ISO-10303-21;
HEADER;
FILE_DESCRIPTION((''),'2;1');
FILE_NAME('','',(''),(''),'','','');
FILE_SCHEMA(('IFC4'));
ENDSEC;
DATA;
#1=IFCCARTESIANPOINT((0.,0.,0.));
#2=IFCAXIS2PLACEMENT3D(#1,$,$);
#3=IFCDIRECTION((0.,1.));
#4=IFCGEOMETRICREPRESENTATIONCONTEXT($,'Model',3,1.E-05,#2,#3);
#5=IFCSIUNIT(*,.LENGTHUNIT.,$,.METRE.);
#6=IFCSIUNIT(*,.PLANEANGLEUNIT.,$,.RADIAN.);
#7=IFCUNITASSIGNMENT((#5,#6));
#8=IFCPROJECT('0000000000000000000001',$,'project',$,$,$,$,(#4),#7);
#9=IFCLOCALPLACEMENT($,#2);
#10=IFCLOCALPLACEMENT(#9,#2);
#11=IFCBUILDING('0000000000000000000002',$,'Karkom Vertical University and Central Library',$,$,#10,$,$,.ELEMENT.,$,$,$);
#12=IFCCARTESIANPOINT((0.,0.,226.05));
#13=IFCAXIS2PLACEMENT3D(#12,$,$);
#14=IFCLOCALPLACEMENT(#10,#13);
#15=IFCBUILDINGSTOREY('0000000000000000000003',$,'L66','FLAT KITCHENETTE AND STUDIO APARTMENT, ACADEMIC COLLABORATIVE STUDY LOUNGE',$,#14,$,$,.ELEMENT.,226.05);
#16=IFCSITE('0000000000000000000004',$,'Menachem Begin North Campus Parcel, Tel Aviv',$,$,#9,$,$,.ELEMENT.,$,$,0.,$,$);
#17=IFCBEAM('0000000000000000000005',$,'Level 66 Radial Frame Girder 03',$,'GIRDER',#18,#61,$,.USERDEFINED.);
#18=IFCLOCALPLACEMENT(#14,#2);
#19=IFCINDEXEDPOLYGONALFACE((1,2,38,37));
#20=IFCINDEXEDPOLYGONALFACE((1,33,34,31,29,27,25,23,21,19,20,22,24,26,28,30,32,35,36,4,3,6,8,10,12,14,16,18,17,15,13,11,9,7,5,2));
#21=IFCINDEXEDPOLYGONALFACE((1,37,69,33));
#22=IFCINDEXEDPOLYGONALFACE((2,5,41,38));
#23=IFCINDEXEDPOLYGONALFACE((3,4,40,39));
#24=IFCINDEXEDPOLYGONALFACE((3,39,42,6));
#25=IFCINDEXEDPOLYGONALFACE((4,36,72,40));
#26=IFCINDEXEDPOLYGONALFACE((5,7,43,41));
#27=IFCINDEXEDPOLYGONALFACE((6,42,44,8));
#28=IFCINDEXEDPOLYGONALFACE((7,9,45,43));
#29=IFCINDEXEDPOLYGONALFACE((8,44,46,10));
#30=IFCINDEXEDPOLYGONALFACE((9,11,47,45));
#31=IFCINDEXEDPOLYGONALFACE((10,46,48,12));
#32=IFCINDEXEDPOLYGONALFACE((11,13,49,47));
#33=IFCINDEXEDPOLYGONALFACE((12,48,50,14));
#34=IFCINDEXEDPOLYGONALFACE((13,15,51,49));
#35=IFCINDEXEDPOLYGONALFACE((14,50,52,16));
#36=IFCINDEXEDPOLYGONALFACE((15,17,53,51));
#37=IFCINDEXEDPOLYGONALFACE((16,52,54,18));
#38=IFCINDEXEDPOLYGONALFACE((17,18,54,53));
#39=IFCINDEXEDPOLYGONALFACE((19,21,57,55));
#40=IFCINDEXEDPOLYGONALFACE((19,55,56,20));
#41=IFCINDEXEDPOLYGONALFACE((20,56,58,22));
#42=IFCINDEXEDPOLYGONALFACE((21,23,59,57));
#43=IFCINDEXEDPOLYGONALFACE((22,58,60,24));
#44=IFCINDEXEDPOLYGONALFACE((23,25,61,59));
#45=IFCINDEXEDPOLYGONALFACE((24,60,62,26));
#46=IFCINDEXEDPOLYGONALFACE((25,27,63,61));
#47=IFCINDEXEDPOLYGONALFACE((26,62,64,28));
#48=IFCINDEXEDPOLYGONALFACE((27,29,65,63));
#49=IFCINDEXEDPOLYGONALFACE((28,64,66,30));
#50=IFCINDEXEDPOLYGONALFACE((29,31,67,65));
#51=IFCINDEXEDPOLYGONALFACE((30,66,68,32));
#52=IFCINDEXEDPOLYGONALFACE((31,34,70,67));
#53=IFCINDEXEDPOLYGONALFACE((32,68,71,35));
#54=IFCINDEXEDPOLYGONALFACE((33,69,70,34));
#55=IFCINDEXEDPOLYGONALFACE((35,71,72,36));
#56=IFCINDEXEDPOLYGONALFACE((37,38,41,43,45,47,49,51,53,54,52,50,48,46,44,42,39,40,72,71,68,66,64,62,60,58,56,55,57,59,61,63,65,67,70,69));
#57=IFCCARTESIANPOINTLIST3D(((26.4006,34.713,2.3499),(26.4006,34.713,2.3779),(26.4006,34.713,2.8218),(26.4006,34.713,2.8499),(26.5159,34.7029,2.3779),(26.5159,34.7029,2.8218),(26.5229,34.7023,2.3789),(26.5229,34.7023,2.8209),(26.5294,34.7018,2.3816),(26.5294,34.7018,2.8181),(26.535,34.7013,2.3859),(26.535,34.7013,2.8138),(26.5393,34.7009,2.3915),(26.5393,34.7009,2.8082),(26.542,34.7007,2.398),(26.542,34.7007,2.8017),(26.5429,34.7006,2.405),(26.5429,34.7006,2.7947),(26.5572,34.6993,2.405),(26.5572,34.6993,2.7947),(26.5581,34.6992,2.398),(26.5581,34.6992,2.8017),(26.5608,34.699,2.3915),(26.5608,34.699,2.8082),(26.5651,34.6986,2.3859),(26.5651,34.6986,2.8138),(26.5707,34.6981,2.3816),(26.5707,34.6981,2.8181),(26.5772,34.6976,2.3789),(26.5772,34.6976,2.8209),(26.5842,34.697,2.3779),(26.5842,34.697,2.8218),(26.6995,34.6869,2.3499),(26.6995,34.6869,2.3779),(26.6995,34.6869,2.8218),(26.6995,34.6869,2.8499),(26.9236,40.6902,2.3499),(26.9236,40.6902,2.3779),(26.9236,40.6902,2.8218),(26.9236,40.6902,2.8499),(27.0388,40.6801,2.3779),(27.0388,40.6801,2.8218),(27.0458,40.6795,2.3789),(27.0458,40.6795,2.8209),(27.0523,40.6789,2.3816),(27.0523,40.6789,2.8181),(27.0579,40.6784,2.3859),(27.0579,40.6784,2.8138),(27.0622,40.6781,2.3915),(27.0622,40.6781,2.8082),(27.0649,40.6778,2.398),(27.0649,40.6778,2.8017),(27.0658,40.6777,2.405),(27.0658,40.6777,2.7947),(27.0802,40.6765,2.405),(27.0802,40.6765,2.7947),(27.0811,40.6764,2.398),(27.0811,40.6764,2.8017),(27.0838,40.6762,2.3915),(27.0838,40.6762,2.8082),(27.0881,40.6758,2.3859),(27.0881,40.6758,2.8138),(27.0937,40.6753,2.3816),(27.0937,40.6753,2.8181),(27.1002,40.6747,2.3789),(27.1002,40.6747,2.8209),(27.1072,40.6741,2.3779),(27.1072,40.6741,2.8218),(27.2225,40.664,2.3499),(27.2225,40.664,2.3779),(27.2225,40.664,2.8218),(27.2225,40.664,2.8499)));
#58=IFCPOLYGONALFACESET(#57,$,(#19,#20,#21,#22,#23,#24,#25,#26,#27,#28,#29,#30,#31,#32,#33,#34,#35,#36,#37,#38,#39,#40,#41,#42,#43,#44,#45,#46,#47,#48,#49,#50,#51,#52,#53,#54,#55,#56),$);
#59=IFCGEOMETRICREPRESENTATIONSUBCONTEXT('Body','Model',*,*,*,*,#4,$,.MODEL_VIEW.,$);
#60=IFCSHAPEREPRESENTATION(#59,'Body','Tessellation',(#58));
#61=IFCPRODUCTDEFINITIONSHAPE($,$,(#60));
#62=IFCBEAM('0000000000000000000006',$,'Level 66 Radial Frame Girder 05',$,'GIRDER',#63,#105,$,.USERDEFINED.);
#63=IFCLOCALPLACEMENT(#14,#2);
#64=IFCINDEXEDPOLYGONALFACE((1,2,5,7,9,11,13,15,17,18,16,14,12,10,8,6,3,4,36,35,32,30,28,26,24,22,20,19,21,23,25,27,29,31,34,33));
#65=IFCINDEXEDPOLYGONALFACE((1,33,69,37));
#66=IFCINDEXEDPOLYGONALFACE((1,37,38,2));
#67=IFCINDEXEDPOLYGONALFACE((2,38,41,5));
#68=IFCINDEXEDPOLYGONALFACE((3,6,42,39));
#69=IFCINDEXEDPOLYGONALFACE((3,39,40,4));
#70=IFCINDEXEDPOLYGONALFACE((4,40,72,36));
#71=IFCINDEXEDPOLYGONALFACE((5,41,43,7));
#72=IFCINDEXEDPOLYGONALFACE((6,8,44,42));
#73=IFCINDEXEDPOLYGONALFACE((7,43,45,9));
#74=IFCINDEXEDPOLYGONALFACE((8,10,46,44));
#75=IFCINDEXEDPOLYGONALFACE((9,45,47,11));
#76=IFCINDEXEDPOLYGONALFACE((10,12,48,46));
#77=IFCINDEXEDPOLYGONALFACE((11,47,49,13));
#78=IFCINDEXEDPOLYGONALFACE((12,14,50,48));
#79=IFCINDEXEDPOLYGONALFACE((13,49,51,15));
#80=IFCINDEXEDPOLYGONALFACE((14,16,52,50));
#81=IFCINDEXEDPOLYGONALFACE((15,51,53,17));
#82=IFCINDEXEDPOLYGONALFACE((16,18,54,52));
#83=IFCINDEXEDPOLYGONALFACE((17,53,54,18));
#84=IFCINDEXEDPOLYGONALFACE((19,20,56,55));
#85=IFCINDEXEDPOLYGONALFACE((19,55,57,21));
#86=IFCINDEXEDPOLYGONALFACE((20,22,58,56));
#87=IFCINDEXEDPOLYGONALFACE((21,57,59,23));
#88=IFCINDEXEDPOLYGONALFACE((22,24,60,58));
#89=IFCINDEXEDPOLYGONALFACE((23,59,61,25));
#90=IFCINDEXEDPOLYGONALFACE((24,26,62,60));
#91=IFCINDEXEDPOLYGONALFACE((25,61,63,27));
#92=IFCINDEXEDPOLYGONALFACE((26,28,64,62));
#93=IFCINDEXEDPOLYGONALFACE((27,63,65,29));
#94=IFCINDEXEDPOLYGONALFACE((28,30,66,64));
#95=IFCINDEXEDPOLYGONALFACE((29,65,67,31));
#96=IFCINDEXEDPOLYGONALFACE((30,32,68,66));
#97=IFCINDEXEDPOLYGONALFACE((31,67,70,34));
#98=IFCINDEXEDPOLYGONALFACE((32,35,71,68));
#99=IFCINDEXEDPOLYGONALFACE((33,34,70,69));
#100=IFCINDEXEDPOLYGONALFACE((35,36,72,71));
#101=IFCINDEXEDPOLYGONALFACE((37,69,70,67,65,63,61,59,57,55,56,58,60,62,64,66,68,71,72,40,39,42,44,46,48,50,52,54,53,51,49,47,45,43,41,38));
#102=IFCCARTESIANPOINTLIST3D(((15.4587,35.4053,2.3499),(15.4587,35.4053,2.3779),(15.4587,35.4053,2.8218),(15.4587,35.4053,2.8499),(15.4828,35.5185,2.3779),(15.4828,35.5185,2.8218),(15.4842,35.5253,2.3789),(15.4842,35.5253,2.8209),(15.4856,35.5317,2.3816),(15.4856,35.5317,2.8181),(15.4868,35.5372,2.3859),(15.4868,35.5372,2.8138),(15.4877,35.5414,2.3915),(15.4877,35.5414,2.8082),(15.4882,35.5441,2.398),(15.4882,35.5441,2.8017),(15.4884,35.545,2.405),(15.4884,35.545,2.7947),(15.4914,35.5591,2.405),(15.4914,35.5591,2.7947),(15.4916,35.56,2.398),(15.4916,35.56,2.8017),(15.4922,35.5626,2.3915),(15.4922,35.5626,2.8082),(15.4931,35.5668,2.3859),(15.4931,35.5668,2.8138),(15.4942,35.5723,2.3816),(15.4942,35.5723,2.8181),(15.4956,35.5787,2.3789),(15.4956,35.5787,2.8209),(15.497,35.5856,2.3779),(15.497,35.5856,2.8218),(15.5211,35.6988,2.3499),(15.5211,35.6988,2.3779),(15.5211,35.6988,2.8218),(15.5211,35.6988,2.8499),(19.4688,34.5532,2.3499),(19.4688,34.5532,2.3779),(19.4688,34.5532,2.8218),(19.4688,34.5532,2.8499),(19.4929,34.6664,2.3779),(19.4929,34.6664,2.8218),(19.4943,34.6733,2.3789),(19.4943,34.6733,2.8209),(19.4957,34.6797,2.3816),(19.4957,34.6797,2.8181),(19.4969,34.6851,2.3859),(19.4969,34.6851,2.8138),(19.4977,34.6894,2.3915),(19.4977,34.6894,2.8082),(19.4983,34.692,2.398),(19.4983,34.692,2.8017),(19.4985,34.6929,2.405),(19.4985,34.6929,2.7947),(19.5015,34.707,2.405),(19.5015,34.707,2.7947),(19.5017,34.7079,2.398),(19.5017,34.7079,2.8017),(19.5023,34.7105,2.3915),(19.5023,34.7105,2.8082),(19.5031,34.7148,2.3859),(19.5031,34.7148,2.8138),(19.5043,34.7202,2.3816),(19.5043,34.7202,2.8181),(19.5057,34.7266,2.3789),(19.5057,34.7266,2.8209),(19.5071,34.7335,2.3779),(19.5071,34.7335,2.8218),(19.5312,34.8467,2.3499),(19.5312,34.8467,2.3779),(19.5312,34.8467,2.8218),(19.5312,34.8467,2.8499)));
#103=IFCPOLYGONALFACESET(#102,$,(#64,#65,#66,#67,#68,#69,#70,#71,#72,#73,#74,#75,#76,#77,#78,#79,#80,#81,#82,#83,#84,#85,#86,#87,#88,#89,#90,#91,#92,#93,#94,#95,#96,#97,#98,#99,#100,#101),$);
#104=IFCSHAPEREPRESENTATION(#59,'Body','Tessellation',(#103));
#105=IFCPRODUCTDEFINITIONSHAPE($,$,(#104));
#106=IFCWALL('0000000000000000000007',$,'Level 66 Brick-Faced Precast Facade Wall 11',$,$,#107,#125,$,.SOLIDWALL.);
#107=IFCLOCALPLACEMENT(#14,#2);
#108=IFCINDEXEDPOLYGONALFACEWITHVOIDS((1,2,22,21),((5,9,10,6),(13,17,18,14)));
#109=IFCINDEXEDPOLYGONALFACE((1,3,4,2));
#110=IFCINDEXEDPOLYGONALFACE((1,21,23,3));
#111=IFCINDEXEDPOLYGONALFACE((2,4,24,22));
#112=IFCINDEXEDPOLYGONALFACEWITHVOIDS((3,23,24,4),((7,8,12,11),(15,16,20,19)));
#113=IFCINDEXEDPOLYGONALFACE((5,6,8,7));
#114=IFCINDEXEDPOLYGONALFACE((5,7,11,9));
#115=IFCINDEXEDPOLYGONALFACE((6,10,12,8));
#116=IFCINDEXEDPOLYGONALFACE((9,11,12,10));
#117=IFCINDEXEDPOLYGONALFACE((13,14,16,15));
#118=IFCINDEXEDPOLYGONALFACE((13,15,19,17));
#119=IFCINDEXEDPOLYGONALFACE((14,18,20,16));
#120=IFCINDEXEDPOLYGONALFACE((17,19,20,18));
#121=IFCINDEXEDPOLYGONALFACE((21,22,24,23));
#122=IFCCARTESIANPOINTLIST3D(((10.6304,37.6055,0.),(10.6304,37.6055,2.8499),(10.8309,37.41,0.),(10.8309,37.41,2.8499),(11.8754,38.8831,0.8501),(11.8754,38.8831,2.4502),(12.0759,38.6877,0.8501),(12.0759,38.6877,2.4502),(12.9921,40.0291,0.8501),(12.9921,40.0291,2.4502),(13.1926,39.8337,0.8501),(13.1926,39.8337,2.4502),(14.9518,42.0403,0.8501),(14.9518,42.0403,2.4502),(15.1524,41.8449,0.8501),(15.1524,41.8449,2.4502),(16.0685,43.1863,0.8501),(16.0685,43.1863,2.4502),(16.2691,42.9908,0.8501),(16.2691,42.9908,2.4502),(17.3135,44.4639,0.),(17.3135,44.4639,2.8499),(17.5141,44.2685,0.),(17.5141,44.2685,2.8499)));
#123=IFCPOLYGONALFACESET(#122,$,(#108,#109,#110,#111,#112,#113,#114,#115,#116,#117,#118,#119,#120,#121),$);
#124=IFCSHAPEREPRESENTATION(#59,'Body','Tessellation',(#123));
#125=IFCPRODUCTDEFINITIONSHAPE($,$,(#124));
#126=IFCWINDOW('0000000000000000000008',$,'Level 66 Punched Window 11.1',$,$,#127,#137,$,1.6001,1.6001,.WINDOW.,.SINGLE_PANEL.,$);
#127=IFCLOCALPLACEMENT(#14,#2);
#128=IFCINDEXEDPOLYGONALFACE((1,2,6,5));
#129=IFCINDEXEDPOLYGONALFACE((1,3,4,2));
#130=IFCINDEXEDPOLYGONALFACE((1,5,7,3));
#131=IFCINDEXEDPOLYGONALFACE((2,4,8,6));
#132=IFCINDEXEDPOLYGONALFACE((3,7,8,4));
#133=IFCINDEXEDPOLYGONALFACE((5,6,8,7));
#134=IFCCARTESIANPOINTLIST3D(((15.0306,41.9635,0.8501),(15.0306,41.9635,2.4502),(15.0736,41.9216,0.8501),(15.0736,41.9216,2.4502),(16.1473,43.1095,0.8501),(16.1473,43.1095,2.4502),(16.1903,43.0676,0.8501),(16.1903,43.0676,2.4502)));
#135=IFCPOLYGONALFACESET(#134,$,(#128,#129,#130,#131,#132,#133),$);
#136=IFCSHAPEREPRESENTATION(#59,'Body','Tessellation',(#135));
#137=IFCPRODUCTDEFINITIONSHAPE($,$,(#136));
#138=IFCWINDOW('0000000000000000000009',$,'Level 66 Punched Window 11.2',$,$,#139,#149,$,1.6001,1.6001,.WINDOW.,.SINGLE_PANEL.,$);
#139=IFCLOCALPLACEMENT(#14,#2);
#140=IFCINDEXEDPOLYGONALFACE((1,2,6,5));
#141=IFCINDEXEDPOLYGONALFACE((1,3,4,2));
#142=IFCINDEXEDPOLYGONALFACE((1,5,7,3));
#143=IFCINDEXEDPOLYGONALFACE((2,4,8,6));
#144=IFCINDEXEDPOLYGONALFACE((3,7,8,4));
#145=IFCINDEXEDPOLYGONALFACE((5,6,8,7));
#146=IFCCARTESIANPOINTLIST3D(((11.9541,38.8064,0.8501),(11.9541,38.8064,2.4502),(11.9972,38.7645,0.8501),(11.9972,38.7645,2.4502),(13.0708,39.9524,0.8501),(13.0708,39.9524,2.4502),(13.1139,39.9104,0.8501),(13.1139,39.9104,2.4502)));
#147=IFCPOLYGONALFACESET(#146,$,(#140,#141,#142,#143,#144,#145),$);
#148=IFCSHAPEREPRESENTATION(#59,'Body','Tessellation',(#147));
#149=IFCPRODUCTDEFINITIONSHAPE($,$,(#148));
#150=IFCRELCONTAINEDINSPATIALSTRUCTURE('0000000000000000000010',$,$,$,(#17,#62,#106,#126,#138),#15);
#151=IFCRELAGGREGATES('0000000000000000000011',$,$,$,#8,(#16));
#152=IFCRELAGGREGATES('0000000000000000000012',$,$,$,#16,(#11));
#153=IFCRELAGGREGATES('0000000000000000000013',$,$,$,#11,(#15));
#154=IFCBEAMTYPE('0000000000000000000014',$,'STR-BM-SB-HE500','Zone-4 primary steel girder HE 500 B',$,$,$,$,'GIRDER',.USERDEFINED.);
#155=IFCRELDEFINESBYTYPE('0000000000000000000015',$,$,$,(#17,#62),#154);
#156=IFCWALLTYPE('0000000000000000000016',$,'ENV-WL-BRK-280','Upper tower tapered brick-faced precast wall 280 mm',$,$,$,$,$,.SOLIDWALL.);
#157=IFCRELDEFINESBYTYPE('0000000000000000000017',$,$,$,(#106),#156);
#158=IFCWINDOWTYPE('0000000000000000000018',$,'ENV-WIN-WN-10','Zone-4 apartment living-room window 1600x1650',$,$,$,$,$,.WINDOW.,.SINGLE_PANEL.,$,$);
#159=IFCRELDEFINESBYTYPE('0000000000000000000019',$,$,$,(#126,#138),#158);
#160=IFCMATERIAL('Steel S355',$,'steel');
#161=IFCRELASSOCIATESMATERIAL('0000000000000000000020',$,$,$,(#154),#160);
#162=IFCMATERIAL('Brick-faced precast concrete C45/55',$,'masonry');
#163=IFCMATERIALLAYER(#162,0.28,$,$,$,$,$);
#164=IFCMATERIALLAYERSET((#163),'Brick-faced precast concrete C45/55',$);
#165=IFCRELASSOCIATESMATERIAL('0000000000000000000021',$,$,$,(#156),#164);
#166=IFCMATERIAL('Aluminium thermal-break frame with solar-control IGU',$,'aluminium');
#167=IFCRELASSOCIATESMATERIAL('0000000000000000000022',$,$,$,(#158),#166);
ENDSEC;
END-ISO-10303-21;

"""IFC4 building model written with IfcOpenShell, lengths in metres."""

from ifc_helpers import new_model, si_unit, direction, frame, frame_2d, origin, origin_with_axes, origin_2d, place, context, subcontext, project, spatial, rectangle, i_section, extrude, source, transform, mapped, material, layer, layer_set, material_profile, profile_set, type_object, element, fill, save


model = new_model("IFC4")

# Units and contexts
model_context = context("Model", 3, precision=1e-05, world=origin(), true_north=direction((0.0, 1.0)))
body_context = subcontext(model_context, "Body", "Model", "MODEL_VIEW")
ifc_project = project(units=[si_unit("LENGTHUNIT", "METRE"), si_unit("PLANEANGLEUNIT", "RADIAN")], contexts=[model_context])

# Site, building, storey
site_placement = place(None, origin())
site = spatial("IfcSite", under=ifc_project, at=site_placement, Name="Menachem Begin North Campus Parcel, Tel Aviv", CompositionType="ELEMENT", RefElevation=0.0)
building_placement = place(site_placement, origin())
building = spatial("IfcBuilding", under=site, at=building_placement, Name="Karkom Vertical University and Central Library", CompositionType="ELEMENT")
storey_placement = place(building_placement, frame((0.0, 0.0, 226.05)))
storey = spatial("IfcBuildingStorey", under=building, at=storey_placement, Name="L66", Description="FLAT KITCHENETTE AND STUDIO APARTMENT, ACADEMIC COLLABORATIVE STUDY LOUNGE", CompositionType="ELEMENT", Elevation=226.05)

# Beams
ifc_material_1 = material(Name="Steel S355", Category="steel")
ifc_material_profile_1 = material_profile(ifc_material_1, i_section(OverallWidth=0.3, OverallDepth=0.5, WebThickness=0.0144, FlangeThickness=0.0281, FilletRadius=0.0271, at=origin_2d()), Name="HE 500 B")
ifc_profile_set_1 = profile_set([ifc_material_profile_1], Name="Steel S355")
beam_type_1 = type_object("IfcBeamType", Name="STR-BM-SB-HE500", Description="Zone-4 primary steel girder HE 500 B", ElementType="GIRDER", PredefinedType="USERDEFINED", material=ifc_profile_set_1)
shared_shape_1 = source(origin_with_axes(), body_context, "Body", "SweptSolid", [
    extrude(i_section(OverallWidth=0.3, OverallDepth=0.5, WebThickness=0.0144, FlangeThickness=0.0281, FilletRadius=0.0271, at=origin_2d()), origin(), (0.0, 0.0, 1.0), 6.0),
])
beam_1_placement = place(storey_placement, frame((26.55, 34.7, 2.5999), z_axis=(0.08716, 0.996194, 0.0), x_axis=(-0.996194, 0.08716, 0.0)))
element("IfcBeam", 1, at=beam_1_placement, inside=storey, type_object=beam_type_1, Name="Level 66 Radial Frame Girder 03", ObjectType="GIRDER", PredefinedType="USERDEFINED", context=body_context, shape_type="MappedRepresentation", body=[
    mapped(shared_shape_1, transform((0.0, 0.0, 0.0), scale=1.0)),
])
shared_shape_2 = source(origin_with_axes(), body_context, "Body", "SweptSolid", [
    extrude(i_section(OverallWidth=0.3, OverallDepth=0.5, WebThickness=0.0144, FlangeThickness=0.0281, FilletRadius=0.0271, at=origin_2d()), origin(), (0.0, 0.0, 1.0), 4.0996),
])
beam_2_placement = place(storey_placement, frame((19.5, 34.7, 2.5999), z_axis=(-0.978163, 0.207841, 0.0), x_axis=(-0.207841, -0.978163, 0.0)))
element("IfcBeam", 2, at=beam_2_placement, inside=storey, type_object=beam_type_1, Name="Level 66 Radial Frame Girder 05", ObjectType="GIRDER", PredefinedType="USERDEFINED", context=body_context, shape_type="MappedRepresentation", body=[
    mapped(shared_shape_2, transform((0.0, 0.0, 0.0), scale=1.0)),
])

# Wall, openings, windows
ifc_material_2 = material(Name="Brick-faced precast concrete C45/55", Category="masonry")
ifc_layer_1 = layer(ifc_material_2, 0.28)
ifc_layer_set_1 = layer_set([ifc_layer_1], Name="Brick-faced precast concrete C45/55")
wall_type_1 = type_object("IfcWallType", Name="ENV-WL-BRK-280", Description="Upper tower tapered brick-faced precast wall 280 mm", PredefinedType="SOLIDWALL", material=ifc_layer_set_1)
wall_1_placement = place(storey_placement, frame((17.4138, 44.3662, 0.0), z_axis=(0.0, 0.0, 1.0), x_axis=(-0.697895, -0.7162, 0.0)))
wall_1 = element("IfcWall", 3, at=wall_1_placement, inside=storey, type_object=wall_type_1, Name="Level 66 Brick-Faced Precast Facade Wall 11", PredefinedType="SOLIDWALL", context=body_context, shape_type="SweptSolid", body=[
    extrude(rectangle(XDim=9.5762, YDim=0.28, at=frame_2d((4.7881, 0.0))), origin(), (0.0, 0.0, 1.0), 2.8499),
])
opening_1_placement = place(wall_1_placement, frame((1.7839, 0.0, 0.8501)))
opening_1 = element("IfcOpeningElement", 4, at=opening_1_placement, cuts=wall_1, PredefinedType="OPENING", context=body_context, shape_type="SweptSolid", body=[
    extrude(rectangle(XDim=1.6001, YDim=1.6001, at=frame_2d((0.8, 0.8))), frame((0.0, 0.1499, 0.0), z_axis=(0.0, -1.0, 0.0), x_axis=(1.0, 0.0, 0.0)), (0.0, 0.0, 1.0), 0.3),
])
opening_2_placement = place(wall_1_placement, frame((6.1921, 0.0, 0.8501)))
opening_2 = element("IfcOpeningElement", 5, at=opening_2_placement, cuts=wall_1, PredefinedType="OPENING", context=body_context, shape_type="SweptSolid", body=[
    extrude(rectangle(XDim=1.6001, YDim=1.6001, at=frame_2d((0.8, 0.8))), frame((0.0, 0.1499, 0.0), z_axis=(0.0, -1.0, 0.0), x_axis=(1.0, 0.0, 0.0)), (0.0, 0.0, 1.0), 0.3),
])
ifc_material_3 = material(Name="Aluminium thermal-break frame with solar-control IGU", Category="aluminium")
window_type = type_object("IfcWindowType", Name="ENV-WIN-WN-10", Description="Zone-4 apartment living-room window 1600x1650", PartitioningType="SINGLE_PANEL", PredefinedType="WINDOW", material=ifc_material_3)
shared_shape_3 = source(origin_with_axes(), body_context, "Body", "SweptSolid", [
    extrude(rectangle(XDim=1.6001, YDim=1.6001, at=frame_2d((0.8, 0.8))), frame((0.0, 0.03, 0.0), z_axis=(0.0, -1.0, 0.0), x_axis=(1.0, 0.0, 0.0)), (0.0, 0.0, 1.0), 0.0601),
])
window_1_placement = place(opening_1_placement, origin())
window_1 = element("IfcWindow", 6, at=window_1_placement, inside=storey, type_object=window_type, Name="Level 66 Punched Window 11.1", OverallHeight=1.6001, OverallWidth=1.6001, PartitioningType="SINGLE_PANEL", PredefinedType="WINDOW", context=body_context, shape_type="MappedRepresentation", body=[
    mapped(shared_shape_3, transform((0.0, 0.0, 0.0), scale=1.0)),
])
fill(opening_1, window_1)
window_2_placement = place(opening_2_placement, origin())
window_2 = element("IfcWindow", 7, at=window_2_placement, inside=storey, type_object=window_type, Name="Level 66 Punched Window 11.2", OverallHeight=1.6001, OverallWidth=1.6001, PartitioningType="SINGLE_PANEL", PredefinedType="WINDOW", context=body_context, shape_type="MappedRepresentation", body=[
    mapped(shared_shape_3, transform((0.0, 0.0, 0.0), scale=1.0)),
])
fill(opening_2, window_2)

save(model, "model.ifc")
